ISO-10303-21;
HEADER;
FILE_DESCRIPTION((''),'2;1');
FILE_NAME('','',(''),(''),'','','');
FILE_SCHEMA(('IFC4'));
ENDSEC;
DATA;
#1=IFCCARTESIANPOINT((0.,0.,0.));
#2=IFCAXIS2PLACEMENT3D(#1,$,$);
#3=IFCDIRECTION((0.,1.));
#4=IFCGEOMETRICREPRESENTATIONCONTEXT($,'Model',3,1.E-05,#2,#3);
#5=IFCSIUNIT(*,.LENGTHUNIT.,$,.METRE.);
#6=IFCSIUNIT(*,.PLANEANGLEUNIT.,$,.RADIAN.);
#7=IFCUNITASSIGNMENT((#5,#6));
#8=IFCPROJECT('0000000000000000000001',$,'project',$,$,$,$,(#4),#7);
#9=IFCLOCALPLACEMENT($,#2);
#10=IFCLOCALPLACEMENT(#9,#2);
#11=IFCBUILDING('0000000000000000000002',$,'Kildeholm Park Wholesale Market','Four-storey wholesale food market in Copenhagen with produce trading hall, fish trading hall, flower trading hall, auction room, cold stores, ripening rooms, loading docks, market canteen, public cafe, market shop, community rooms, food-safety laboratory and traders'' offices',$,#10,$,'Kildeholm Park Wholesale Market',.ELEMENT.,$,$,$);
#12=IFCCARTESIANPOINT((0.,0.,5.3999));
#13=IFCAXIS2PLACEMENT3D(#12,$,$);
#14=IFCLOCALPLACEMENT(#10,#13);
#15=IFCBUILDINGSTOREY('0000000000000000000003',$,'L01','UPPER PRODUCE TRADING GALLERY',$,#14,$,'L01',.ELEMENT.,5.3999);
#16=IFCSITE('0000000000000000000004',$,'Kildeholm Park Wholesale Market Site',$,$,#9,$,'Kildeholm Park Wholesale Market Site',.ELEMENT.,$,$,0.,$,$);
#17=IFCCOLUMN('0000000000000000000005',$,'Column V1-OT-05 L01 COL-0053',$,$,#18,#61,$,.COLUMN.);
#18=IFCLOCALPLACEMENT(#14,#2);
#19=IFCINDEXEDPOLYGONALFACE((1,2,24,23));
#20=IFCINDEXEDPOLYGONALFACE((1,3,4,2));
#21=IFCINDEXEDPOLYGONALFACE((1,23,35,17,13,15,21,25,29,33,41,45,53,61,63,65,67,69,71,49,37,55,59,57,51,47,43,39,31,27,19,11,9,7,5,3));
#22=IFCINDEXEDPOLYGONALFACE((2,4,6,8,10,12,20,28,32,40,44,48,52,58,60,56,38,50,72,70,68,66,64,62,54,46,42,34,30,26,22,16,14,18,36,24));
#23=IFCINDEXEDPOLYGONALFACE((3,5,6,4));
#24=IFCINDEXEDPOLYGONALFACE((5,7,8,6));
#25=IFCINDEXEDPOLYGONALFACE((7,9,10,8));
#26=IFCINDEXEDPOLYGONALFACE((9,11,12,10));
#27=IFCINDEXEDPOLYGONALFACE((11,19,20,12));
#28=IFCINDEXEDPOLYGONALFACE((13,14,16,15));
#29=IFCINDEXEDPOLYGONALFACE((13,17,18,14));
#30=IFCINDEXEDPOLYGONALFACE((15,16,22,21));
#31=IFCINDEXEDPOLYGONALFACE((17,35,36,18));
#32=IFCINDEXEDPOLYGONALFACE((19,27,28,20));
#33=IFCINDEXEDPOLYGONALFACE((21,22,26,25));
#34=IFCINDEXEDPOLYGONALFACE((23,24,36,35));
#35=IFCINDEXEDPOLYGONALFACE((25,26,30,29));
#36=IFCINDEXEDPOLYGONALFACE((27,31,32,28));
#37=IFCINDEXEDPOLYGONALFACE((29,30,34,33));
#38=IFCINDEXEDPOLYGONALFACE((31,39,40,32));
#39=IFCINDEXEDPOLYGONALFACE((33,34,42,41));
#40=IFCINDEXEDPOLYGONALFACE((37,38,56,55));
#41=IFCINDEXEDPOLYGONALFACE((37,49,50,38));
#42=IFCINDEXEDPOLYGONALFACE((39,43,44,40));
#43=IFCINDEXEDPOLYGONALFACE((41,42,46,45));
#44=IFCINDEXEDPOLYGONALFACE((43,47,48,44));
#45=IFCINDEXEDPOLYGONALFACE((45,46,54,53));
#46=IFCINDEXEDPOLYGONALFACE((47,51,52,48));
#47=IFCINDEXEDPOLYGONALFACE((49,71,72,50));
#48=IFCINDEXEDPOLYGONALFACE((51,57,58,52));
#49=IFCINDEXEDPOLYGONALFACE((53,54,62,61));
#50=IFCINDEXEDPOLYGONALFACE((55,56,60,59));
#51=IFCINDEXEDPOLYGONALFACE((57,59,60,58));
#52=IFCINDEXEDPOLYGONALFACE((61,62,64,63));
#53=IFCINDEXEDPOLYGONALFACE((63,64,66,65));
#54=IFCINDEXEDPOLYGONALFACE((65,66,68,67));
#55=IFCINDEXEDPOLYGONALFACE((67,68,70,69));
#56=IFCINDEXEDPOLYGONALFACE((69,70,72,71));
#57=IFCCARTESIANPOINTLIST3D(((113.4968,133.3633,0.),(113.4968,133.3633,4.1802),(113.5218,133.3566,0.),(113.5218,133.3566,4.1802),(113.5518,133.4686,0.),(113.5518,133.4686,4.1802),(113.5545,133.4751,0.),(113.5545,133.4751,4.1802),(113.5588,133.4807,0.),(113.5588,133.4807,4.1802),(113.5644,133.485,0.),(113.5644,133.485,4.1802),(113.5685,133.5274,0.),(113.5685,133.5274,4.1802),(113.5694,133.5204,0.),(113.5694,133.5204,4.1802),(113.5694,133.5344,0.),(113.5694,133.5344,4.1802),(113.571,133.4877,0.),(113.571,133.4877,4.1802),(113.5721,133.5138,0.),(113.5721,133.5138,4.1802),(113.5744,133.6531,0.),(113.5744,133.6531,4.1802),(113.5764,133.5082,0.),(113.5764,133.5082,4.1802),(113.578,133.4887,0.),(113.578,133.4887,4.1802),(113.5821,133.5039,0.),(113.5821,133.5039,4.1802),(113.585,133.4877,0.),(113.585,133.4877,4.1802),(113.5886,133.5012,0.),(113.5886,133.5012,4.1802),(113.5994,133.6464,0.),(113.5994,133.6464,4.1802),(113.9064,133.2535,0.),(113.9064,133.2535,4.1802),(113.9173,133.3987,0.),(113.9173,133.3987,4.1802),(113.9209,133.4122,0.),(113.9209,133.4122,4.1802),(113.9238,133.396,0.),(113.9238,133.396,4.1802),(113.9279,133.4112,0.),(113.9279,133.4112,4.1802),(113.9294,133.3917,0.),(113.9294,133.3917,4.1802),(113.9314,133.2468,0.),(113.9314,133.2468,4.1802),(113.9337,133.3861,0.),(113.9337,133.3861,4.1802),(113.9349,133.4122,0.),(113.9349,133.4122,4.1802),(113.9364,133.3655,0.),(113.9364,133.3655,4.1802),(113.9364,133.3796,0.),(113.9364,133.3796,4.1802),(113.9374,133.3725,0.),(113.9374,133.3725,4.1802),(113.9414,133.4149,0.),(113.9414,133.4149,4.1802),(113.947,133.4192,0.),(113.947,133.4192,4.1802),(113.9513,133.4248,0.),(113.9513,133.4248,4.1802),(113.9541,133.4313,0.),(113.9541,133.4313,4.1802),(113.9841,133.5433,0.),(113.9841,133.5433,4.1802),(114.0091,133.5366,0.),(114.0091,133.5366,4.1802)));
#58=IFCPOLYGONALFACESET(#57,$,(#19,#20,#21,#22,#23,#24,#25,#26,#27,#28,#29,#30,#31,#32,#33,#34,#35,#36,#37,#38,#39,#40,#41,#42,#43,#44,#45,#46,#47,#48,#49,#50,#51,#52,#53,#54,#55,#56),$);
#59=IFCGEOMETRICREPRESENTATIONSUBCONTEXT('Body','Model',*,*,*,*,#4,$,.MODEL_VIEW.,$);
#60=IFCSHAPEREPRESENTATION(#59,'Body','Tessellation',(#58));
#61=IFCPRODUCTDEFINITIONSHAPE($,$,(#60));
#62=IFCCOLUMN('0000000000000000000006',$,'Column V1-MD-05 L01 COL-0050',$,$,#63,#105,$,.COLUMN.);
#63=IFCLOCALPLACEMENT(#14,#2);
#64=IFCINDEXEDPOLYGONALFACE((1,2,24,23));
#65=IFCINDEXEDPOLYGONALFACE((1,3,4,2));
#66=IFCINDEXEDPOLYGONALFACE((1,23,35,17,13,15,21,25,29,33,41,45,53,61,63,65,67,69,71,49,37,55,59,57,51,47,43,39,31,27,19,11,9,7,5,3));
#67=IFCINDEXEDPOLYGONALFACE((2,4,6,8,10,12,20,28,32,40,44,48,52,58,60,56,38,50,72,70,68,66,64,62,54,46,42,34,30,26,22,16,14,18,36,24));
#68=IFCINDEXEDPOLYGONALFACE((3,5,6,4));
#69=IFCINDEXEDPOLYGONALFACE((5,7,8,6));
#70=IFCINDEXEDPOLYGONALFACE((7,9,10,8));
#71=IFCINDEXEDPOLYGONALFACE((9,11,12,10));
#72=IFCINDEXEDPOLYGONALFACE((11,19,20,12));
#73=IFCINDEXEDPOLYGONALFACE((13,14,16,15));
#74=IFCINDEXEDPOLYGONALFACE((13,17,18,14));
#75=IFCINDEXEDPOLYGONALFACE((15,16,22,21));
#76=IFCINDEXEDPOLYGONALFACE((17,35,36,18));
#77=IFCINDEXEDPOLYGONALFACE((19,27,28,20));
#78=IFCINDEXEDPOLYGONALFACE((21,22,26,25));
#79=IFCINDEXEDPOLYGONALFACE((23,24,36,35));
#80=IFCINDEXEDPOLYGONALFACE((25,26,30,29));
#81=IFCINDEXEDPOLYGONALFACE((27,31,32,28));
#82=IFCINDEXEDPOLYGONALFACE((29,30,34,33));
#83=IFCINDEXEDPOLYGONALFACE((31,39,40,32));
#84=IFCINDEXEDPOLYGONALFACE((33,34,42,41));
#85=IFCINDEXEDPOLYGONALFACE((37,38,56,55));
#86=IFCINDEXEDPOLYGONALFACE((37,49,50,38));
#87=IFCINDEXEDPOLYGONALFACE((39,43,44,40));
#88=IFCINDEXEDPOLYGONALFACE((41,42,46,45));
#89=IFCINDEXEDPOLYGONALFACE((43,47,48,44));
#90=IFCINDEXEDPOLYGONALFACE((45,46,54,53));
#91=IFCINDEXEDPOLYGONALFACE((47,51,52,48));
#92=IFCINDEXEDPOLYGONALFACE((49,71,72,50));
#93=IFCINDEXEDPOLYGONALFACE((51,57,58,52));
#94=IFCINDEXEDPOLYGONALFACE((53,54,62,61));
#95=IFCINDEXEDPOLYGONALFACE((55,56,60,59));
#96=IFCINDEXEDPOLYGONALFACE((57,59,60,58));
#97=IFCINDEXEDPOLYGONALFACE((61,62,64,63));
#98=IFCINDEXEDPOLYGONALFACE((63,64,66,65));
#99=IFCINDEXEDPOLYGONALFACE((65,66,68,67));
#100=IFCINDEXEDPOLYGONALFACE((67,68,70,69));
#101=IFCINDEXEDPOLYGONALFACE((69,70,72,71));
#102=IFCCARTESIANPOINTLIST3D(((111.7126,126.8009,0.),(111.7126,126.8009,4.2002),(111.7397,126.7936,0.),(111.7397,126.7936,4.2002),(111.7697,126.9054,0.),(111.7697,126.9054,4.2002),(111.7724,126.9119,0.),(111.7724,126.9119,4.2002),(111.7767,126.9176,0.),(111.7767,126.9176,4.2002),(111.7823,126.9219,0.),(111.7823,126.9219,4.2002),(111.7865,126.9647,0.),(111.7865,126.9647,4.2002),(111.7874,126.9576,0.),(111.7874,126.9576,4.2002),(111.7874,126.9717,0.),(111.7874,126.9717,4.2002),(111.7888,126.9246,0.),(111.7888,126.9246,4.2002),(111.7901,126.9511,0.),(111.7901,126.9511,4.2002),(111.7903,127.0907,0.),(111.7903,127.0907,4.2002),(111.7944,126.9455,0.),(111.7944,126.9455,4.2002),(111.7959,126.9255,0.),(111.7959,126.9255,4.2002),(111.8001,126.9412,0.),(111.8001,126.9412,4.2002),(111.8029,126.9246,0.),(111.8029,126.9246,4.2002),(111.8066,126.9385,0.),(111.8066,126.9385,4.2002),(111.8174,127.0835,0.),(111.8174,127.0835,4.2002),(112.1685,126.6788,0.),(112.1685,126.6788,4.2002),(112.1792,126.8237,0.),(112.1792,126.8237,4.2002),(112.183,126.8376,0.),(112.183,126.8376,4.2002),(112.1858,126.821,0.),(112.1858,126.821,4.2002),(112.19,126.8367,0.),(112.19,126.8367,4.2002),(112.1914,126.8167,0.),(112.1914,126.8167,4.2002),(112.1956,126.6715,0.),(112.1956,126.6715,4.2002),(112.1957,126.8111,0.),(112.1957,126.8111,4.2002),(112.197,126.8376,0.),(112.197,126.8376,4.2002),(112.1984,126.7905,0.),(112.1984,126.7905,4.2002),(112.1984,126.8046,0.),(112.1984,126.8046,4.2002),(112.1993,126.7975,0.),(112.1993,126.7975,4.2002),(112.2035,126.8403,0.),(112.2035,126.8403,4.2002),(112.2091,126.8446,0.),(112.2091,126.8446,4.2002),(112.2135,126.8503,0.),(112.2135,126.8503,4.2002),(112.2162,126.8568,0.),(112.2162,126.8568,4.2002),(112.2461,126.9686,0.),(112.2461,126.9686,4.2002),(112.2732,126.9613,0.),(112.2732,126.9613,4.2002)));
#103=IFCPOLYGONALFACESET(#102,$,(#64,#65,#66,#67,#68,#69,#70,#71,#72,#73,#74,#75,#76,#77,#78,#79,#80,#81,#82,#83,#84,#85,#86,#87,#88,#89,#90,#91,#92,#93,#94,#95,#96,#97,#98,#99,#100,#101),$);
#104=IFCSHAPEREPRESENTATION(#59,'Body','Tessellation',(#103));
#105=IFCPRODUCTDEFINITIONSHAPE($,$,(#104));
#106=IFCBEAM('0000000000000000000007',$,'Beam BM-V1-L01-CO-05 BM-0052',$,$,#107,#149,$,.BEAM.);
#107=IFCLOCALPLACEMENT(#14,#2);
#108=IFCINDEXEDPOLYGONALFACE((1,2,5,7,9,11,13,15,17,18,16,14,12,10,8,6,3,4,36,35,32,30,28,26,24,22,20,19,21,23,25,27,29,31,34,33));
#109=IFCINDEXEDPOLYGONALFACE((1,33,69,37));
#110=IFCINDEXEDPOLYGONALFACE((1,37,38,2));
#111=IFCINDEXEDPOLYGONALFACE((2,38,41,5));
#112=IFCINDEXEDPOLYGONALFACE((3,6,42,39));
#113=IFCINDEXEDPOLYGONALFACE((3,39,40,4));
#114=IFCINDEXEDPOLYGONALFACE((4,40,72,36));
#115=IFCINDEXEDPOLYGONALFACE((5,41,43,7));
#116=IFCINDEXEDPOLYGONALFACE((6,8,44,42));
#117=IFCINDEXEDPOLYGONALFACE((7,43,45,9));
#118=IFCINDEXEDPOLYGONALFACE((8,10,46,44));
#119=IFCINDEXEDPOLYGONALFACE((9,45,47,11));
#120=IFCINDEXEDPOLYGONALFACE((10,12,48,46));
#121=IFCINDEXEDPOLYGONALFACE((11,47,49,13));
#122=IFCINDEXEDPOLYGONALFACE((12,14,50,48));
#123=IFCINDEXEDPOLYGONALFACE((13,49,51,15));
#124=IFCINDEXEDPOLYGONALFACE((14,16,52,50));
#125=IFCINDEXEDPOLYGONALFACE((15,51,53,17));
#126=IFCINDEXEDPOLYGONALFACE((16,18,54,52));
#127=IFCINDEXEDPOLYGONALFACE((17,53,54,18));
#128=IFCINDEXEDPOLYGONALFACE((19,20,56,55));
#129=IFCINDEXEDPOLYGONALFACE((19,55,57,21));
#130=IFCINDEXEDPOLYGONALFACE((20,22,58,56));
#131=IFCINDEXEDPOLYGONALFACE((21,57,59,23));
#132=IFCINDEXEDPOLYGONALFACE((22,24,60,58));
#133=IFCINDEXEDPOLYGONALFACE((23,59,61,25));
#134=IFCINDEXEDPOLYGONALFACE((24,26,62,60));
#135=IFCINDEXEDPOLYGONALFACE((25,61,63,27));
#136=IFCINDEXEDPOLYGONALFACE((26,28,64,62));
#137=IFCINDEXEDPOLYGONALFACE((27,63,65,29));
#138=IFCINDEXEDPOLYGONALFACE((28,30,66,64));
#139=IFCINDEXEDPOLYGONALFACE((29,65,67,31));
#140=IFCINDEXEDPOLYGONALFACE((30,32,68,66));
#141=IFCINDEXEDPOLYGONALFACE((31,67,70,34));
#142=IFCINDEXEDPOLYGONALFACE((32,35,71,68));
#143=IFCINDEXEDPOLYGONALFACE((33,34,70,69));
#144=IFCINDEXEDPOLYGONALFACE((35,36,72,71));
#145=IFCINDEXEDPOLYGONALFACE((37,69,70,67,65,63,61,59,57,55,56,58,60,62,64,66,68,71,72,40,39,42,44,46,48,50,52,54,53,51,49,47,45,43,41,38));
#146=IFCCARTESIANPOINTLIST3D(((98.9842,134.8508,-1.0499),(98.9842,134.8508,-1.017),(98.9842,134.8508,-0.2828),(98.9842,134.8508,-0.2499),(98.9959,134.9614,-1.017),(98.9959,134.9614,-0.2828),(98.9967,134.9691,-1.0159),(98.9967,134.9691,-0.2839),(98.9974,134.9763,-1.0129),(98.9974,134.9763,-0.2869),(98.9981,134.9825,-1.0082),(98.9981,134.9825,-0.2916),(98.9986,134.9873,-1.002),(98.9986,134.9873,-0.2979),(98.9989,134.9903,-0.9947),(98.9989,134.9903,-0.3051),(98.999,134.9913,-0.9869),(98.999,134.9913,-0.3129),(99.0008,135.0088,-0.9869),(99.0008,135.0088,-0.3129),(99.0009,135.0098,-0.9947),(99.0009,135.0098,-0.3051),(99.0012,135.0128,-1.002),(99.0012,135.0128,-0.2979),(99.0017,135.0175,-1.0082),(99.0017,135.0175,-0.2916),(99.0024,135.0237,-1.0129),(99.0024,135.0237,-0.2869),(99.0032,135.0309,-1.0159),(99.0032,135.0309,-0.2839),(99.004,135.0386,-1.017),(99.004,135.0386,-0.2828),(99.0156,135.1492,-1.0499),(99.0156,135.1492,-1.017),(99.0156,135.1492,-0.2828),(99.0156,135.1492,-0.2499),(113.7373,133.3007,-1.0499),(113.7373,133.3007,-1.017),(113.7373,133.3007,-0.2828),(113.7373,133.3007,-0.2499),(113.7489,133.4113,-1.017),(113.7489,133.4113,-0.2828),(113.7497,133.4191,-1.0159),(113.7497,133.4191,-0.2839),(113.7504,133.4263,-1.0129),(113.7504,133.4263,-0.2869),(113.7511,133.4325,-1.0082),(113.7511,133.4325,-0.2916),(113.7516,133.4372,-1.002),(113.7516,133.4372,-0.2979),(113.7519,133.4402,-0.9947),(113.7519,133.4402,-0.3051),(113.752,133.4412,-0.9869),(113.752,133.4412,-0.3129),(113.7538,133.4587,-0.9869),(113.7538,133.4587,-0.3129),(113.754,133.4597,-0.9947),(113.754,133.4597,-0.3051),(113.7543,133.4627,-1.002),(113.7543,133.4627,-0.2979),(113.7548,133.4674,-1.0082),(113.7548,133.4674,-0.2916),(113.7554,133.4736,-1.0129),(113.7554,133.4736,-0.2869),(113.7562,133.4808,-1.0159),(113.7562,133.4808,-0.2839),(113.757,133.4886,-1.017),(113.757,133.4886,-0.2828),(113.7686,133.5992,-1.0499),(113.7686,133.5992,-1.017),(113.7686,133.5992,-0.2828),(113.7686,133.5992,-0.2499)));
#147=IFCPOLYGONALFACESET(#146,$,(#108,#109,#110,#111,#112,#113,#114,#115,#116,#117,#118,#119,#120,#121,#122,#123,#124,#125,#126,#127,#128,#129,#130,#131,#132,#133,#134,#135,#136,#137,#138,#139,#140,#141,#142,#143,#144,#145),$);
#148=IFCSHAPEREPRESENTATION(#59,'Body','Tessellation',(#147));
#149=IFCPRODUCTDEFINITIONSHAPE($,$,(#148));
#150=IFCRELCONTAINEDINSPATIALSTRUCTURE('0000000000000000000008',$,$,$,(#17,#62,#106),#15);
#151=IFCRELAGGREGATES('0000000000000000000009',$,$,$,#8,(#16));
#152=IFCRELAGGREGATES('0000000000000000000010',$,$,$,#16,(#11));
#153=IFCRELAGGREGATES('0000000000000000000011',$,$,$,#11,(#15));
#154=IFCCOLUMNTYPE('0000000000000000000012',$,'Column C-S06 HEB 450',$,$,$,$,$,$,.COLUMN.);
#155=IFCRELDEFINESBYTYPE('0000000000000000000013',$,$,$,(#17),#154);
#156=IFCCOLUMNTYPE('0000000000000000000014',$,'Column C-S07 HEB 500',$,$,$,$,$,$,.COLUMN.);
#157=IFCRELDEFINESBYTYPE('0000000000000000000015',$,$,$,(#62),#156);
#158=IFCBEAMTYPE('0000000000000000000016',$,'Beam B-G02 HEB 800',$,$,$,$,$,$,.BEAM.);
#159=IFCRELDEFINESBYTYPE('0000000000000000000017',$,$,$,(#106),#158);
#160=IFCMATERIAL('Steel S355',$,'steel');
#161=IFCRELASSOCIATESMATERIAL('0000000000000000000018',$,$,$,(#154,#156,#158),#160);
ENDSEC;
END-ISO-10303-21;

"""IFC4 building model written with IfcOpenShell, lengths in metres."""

from ifc_helpers import new_model, si_unit, direction, frame, origin, origin_2d, place, context, subcontext, project, spatial, i_section, extrude, material, material_profile, profile_set, type_object, element, save


model = new_model("IFC4")

# Units and contexts
model_context = context("Model", 3, precision=1e-05, world=origin(), true_north=direction((0.0, 1.0)))
body_context = subcontext(model_context, "Body", "Model", "MODEL_VIEW")
ifc_project = project(units=[si_unit("LENGTHUNIT", "METRE"), si_unit("PLANEANGLEUNIT", "RADIAN")], contexts=[model_context])

# Site, building, storey
site_placement = place(None, origin())
site = spatial("IfcSite", under=ifc_project, at=site_placement, Name="Kildeholm Park Wholesale Market Site", LongName="Kildeholm Park Wholesale Market Site", CompositionType="ELEMENT", RefElevation=0.0)
building_placement = place(site_placement, origin())
building = spatial("IfcBuilding", under=site, at=building_placement, Name="Kildeholm Park Wholesale Market", Description="Four-storey wholesale food market in Copenhagen with produce trading hall, fish trading hall, flower trading hall, auction room, cold stores, ripening rooms, loading docks, market canteen, public cafe, market shop, community rooms, food-safety laboratory and traders' offices", LongName="Kildeholm Park Wholesale Market", CompositionType="ELEMENT")
storey_placement = place(building_placement, frame((0.0, 0.0, 5.3999)))
storey = spatial("IfcBuildingStorey", under=building, at=storey_placement, Name="L01", Description="UPPER PRODUCE TRADING GALLERY", LongName="L01", CompositionType="ELEMENT", Elevation=5.3999)

# Columns
ifc_material_1 = material(Name="Steel S355", Category="steel")
ifc_material_profile_1 = material_profile(ifc_material_1, i_section(OverallWidth=0.3, OverallDepth=0.45, WebThickness=0.0139, FlangeThickness=0.0259, FilletRadius=0.0271, at=origin_2d()), Name="HEB 450")
ifc_profile_set_1 = profile_set([ifc_material_profile_1], Name="Steel S355")
column_type_1 = type_object("IfcColumnType", Name="Column C-S06 HEB 450", PredefinedType="COLUMN", material=ifc_profile_set_1)
column_1_placement = place(storey_placement, frame((113.7529, 133.45, 0.0), z_axis=(0.0, 0.0, 1.0), x_axis=(0.258819, 0.965926, 0.0)))
element("IfcColumn", 1, at=column_1_placement, inside=storey, type_object=column_type_1, Name="Column V1-OT-05 L01 COL-0053", PredefinedType="COLUMN", context=body_context, shape_type="SweptSolid", body=[
    extrude(i_section(OverallWidth=0.3, OverallDepth=0.45, WebThickness=0.0139, FlangeThickness=0.0259, FilletRadius=0.0271, at=origin_2d()), origin(), (0.0, 0.0, 1.0), 4.1802),
])
ifc_material_profile_2 = material_profile(ifc_material_1, i_section(OverallWidth=0.3, OverallDepth=0.5, WebThickness=0.0144, FlangeThickness=0.0281, FilletRadius=0.0271, at=origin_2d()), Name="HEB 500")
ifc_profile_set_2 = profile_set([ifc_material_profile_2], Name="Steel S355")
column_type_2 = type_object("IfcColumnType", Name="Column C-S07 HEB 500", PredefinedType="COLUMN", material=ifc_profile_set_2)
column_2_placement = place(storey_placement, frame((111.9929, 126.8811, 0.0), z_axis=(0.0, 0.0, 1.0), x_axis=(0.258819, 0.965926, 0.0)))
element("IfcColumn", 2, at=column_2_placement, inside=storey, type_object=column_type_2, Name="Column V1-MD-05 L01 COL-0050", PredefinedType="COLUMN", context=body_context, shape_type="SweptSolid", body=[
    extrude(i_section(OverallWidth=0.3, OverallDepth=0.5, WebThickness=0.0144, FlangeThickness=0.0281, FilletRadius=0.0271, at=origin_2d()), origin(), (0.0, 0.0, 1.0), 4.2002),
])

# Beam
ifc_material_profile_3 = material_profile(ifc_material_1, i_section(OverallWidth=0.3, OverallDepth=0.8, WebThickness=0.0176, FlangeThickness=0.033, FilletRadius=0.03, at=origin_2d()), Name="HEB 800")
ifc_profile_set_3 = profile_set([ifc_material_profile_3], Name="Steel S355")
beam_type_1 = type_object("IfcBeamType", Name="Beam B-G02 HEB 800", PredefinedType="BEAM", material=ifc_profile_set_3)
beam_1_placement = place(storey_placement, frame((113.7529, 133.45, -0.6499), z_axis=(-0.994526, 0.104492, 0.0), x_axis=(-0.104492, -0.994526, 0.0)))
element("IfcBeam", 3, at=beam_1_placement, inside=storey, type_object=beam_type_1, Name="Beam BM-V1-L01-CO-05 BM-0052", PredefinedType="BEAM", context=body_context, shape_type="SweptSolid", body=[
    extrude(i_section(OverallWidth=0.3, OverallDepth=0.8, WebThickness=0.0176, FlangeThickness=0.033, FilletRadius=0.03, at=origin_2d()), origin(), (0.0, 0.0, 1.0), 14.8342),
])

save(model, "model.ifc")
